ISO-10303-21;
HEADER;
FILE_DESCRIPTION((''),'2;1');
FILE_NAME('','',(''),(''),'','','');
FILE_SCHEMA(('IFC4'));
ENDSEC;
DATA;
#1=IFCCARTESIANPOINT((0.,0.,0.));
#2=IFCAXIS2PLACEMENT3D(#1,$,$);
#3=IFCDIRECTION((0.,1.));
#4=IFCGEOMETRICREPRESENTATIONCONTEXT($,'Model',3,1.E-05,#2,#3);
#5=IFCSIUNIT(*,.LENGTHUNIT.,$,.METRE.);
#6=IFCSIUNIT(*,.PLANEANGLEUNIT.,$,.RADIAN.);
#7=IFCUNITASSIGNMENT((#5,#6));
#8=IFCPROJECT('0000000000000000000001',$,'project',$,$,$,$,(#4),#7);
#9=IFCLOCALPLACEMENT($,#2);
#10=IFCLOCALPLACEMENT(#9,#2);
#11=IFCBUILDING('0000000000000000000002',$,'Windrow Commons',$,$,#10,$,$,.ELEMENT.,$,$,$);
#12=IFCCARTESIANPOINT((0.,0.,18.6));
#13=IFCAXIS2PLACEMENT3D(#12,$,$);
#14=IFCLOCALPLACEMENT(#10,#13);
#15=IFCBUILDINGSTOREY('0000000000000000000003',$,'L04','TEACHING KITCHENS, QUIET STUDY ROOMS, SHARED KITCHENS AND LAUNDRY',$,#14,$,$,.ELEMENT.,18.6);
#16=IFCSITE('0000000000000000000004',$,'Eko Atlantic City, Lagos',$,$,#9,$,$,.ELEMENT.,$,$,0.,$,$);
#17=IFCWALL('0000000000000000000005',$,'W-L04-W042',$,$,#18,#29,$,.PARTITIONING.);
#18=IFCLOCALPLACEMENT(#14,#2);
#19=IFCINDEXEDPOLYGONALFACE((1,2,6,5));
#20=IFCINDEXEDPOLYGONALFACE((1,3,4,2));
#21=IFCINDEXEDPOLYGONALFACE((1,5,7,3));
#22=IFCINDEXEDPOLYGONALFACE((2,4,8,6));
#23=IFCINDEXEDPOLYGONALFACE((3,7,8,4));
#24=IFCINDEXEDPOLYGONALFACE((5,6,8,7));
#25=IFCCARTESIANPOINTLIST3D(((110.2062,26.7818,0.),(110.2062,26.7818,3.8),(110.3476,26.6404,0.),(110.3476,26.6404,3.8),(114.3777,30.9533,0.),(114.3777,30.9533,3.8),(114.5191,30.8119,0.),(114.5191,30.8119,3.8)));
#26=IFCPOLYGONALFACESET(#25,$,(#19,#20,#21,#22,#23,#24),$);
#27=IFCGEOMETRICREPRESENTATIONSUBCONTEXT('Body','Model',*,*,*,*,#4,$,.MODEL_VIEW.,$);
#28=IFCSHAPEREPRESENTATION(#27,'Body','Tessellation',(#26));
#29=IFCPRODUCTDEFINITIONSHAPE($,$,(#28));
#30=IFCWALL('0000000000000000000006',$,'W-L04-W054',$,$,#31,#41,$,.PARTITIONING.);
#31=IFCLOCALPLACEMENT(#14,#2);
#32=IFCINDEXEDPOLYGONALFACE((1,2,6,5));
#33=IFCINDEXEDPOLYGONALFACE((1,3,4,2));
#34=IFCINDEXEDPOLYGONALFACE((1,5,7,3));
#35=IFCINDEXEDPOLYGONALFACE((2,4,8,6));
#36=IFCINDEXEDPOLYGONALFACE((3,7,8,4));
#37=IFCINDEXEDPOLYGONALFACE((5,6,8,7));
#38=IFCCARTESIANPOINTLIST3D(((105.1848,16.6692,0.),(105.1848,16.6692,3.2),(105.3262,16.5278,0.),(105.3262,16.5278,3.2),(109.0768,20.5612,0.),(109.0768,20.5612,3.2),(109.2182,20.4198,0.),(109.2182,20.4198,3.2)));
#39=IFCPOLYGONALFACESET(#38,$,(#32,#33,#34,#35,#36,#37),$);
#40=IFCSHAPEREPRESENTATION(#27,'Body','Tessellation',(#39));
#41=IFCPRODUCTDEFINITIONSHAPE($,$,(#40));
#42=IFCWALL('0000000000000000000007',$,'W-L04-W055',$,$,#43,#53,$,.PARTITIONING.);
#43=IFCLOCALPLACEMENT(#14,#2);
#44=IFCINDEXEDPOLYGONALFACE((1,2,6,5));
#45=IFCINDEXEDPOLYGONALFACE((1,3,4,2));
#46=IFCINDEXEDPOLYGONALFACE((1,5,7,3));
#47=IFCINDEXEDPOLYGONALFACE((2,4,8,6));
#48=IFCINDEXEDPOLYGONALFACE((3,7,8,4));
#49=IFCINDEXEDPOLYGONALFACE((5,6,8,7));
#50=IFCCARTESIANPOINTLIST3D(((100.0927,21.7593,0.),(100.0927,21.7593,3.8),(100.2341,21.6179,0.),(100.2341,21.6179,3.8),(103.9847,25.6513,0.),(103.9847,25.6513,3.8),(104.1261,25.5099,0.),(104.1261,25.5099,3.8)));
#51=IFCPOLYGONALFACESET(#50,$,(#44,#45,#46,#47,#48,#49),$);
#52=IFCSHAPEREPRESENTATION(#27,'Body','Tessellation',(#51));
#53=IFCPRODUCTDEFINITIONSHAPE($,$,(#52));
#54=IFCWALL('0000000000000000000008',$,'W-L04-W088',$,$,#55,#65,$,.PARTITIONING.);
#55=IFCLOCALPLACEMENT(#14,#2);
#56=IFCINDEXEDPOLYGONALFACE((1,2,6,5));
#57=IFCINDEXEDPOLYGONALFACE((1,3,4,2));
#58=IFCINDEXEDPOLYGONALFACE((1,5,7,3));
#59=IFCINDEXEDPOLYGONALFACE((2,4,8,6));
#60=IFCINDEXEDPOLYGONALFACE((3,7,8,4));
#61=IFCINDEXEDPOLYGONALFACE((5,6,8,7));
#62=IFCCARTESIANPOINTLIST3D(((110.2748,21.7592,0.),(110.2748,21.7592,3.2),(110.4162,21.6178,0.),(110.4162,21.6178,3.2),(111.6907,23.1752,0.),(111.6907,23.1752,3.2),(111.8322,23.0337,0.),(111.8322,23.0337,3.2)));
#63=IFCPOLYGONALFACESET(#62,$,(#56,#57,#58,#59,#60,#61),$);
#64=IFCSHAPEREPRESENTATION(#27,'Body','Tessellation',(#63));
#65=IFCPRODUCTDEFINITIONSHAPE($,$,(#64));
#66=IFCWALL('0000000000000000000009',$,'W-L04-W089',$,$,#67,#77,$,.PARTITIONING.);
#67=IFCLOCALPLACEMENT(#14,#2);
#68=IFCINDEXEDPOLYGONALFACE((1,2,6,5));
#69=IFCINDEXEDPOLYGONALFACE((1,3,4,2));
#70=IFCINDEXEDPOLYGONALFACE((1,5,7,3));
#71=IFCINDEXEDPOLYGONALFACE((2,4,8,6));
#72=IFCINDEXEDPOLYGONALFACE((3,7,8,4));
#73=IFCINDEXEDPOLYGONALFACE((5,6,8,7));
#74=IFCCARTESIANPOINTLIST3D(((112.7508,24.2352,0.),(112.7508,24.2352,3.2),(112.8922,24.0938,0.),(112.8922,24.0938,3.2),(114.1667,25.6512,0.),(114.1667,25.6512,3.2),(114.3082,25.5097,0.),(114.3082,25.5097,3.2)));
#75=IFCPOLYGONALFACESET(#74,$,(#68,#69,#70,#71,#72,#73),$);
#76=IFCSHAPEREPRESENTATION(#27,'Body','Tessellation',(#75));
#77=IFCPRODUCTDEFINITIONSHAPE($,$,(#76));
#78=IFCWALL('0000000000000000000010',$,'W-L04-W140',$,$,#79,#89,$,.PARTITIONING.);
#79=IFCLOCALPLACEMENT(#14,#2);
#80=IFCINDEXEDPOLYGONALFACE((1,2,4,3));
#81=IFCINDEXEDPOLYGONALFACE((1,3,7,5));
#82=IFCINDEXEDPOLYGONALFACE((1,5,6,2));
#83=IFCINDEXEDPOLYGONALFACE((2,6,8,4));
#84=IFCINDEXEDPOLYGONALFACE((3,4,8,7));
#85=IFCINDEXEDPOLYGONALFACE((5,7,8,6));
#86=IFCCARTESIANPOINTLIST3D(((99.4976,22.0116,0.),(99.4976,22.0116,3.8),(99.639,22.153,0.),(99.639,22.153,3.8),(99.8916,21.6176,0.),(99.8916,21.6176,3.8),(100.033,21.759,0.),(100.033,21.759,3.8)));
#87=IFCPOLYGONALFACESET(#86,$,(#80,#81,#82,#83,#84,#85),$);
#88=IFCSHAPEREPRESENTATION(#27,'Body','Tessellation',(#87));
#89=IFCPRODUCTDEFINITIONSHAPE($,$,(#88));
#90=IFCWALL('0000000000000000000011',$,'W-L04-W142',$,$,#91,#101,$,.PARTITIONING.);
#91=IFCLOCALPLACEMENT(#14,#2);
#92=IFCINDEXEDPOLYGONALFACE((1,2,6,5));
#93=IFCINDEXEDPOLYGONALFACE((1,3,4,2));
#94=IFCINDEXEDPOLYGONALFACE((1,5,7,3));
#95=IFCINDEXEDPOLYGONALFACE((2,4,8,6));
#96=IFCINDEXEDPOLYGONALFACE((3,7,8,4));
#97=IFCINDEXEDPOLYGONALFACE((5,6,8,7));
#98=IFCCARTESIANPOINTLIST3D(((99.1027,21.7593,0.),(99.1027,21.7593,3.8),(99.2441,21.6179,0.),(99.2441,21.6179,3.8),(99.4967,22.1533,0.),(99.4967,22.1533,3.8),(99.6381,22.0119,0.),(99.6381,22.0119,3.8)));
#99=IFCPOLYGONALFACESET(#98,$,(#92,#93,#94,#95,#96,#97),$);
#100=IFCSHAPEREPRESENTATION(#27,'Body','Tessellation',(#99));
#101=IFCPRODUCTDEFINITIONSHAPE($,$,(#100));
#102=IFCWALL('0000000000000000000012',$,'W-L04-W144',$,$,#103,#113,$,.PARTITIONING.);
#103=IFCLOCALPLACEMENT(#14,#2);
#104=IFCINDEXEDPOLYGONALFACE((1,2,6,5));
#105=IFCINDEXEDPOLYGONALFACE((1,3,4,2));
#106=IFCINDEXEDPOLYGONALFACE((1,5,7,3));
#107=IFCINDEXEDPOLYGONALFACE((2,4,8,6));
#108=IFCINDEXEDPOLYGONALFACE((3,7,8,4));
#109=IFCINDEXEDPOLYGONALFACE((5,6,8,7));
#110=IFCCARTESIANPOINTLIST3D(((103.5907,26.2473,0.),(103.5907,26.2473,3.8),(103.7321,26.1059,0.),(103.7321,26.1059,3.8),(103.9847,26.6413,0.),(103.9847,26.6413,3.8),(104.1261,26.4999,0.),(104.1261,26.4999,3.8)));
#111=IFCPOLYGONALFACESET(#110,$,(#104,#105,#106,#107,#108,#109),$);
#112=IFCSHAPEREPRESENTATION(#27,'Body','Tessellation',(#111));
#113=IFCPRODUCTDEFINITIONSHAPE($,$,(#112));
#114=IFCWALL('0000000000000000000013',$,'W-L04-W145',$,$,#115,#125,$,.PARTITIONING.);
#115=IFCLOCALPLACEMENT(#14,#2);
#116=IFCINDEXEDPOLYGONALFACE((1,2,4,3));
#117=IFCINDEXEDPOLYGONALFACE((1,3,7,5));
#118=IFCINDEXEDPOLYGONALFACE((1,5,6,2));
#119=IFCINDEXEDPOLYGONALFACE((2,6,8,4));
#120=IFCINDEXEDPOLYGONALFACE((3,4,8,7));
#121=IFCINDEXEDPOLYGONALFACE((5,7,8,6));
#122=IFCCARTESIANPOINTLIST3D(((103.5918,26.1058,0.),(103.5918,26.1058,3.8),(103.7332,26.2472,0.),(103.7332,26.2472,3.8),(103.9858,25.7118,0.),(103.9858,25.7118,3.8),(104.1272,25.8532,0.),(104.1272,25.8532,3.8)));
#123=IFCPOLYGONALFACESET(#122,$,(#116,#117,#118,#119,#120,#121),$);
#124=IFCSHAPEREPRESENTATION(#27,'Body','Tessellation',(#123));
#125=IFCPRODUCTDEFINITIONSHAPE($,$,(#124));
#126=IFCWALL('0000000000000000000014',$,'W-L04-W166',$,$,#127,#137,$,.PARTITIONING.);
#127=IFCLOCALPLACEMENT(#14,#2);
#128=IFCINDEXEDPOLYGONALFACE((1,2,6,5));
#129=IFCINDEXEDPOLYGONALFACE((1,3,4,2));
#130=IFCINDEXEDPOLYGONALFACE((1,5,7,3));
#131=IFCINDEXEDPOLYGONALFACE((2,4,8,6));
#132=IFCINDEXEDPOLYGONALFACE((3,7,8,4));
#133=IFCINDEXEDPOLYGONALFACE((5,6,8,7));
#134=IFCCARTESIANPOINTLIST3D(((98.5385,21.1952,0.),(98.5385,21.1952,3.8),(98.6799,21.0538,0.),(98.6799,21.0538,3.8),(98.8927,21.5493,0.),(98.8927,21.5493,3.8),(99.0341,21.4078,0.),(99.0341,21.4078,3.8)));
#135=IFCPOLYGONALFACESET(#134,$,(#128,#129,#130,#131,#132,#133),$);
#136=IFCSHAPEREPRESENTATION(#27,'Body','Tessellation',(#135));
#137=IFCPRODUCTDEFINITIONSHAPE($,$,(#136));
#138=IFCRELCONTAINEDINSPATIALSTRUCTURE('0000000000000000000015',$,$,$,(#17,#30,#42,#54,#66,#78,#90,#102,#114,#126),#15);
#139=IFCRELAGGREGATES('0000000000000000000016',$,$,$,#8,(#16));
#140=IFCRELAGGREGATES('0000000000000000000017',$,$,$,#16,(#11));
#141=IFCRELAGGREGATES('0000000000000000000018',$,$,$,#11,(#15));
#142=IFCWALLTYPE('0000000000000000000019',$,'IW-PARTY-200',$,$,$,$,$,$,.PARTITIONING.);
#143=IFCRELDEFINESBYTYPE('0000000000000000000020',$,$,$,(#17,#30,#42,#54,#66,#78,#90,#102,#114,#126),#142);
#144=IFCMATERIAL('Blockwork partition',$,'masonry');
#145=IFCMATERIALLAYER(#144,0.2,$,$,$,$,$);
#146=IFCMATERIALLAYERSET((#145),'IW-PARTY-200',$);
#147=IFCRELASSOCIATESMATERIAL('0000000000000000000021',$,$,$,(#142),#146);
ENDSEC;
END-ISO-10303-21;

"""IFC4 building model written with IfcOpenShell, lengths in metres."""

from ifc_helpers import new_model, si_unit, direction, frame, frame_2d, origin, place, context, subcontext, project, spatial, rectangle, extrude, material, layer, layer_set, type_object, element, save


model = new_model("IFC4")

# Units and contexts
model_context = context("Model", 3, precision=1e-05, world=origin(), true_north=direction((0.0, 1.0)))
body_context = subcontext(model_context, "Body", "Model", "MODEL_VIEW")
ifc_project = project(units=[si_unit("LENGTHUNIT", "METRE"), si_unit("PLANEANGLEUNIT", "RADIAN")], contexts=[model_context])

# Site, building, storey
site_placement = place(None, origin())
site = spatial("IfcSite", under=ifc_project, at=site_placement, Name="Eko Atlantic City, Lagos", CompositionType="ELEMENT", RefElevation=0.0)
building_placement = place(site_placement, origin())
building = spatial("IfcBuilding", under=site, at=building_placement, Name="Windrow Commons", CompositionType="ELEMENT")
storey_placement = place(building_placement, frame((0.0, 0.0, 18.6)))
storey = spatial("IfcBuildingStorey", under=building, at=storey_placement, Name="L04", Description="TEACHING KITCHENS, QUIET STUDY ROOMS, SHARED KITCHENS AND LAUNDRY", CompositionType="ELEMENT", Elevation=18.6)

# Walls
ifc_material_1 = material(Name="Blockwork partition", Category="masonry")
ifc_layer_1 = layer(ifc_material_1, 0.2)
ifc_layer_set_1 = layer_set([ifc_layer_1], Name="IW-PARTY-200")
wall_type_1 = type_object("IfcWallType", Name="IW-PARTY-200", PredefinedType="PARTITIONING", material=ifc_layer_set_1)
wall_1_placement = place(storey_placement, frame((110.2769, 26.7111, 0.0), z_axis=(0.0, 0.0, 1.0), x_axis=(0.707107, 0.707107, 0.0)))
element("IfcWall", 1, at=wall_1_placement, inside=storey, type_object=wall_type_1, Name="W-L04-W042", PredefinedType="PARTITIONING", context=body_context, shape_type="SweptSolid", body=[
    extrude(rectangle(XDim=5.8994, YDim=0.2, at=frame_2d((2.9497, 0.0))), origin(), (0.0, 0.0, 1.0), 3.8),
])
wall_2_placement = place(storey_placement, frame((105.2555, 16.5985, 0.0), z_axis=(0.0, 0.0, 1.0), x_axis=(0.707107, 0.707107, 0.0)))
element("IfcWall", 2, at=wall_2_placement, inside=storey, type_object=wall_type_1, Name="W-L04-W054", PredefinedType="PARTITIONING", context=body_context, shape_type="SweptSolid", body=[
    extrude(rectangle(XDim=5.5041, YDim=0.2, at=frame_2d((2.7521, 0.0))), origin(), (0.0, 0.0, 1.0), 3.2),
])
wall_3_placement = place(storey_placement, frame((100.1634, 21.6886, 0.0), z_axis=(0.0, 0.0, 1.0), x_axis=(0.707107, 0.707107, 0.0)))
element("IfcWall", 3, at=wall_3_placement, inside=storey, type_object=wall_type_1, Name="W-L04-W055", PredefinedType="PARTITIONING", context=body_context, shape_type="SweptSolid", body=[
    extrude(rectangle(XDim=5.5041, YDim=0.2, at=frame_2d((2.7521, 0.0))), origin(), (0.0, 0.0, 1.0), 3.8),
])
for number, where, z_axis, x_axis, name in (
    (4, (110.3455, 21.6885, 0.0), (0.0, 0.0, 1.0), (0.707107, 0.707107, 0.0), "W-L04-W088"),
    (5, (112.8215, 24.1645, 0.0), (0.0, 0.0, 1.0), (0.707107, 0.707107, 0.0), "W-L04-W089"),
):
    element("IfcWall", number, at=place(storey_placement, frame(where, z_axis=z_axis, x_axis=x_axis)), inside=storey, type_object=wall_type_1, Name=name, PredefinedType="PARTITIONING", context=body_context, shape_type="SweptSolid", body=[
        extrude(rectangle(XDim=2.0025, YDim=0.2, at=frame_2d((1.0012, 0.0))), origin(), (0.0, 0.0, 1.0), 3.2),
    ])
for number, where, z_axis, x_axis, name in (
    (6, (99.5683, 22.0823, 0.0), (0.0, 0.0, 1.0), (0.707107, -0.707107, 0.0), "W-L04-W140"),
    (7, (99.1734, 21.6886, 0.0), (0.0, 0.0, 1.0), (0.707107, 0.707107, 0.0), "W-L04-W142"),
    (8, (103.6614, 26.1766, 0.0), (0.0, 0.0, 1.0), (0.707107, 0.707107, 0.0), "W-L04-W144"),
    (9, (103.6625, 26.1765, 0.0), (0.0, 0.0, 1.0), (0.707107, -0.707107, 0.0), "W-L04-W145"),
):
    element("IfcWall", number, at=place(storey_placement, frame(where, z_axis=z_axis, x_axis=x_axis)), inside=storey, type_object=wall_type_1, Name=name, PredefinedType="PARTITIONING", context=body_context, shape_type="SweptSolid", body=[
        extrude(rectangle(XDim=0.5572, YDim=0.2, at=frame_2d((0.2786, 0.0))), origin(), (0.0, 0.0, 1.0), 3.8),
    ])
wall_4_placement = place(storey_placement, frame((98.6092, 21.1245, 0.0), z_axis=(0.0, 0.0, 1.0), x_axis=(0.707207, 0.707007, 0.0)))
element("IfcWall", 10, at=wall_4_placement, inside=storey, type_object=wall_type_1, Name="W-L04-W166", PredefinedType="PARTITIONING", context=body_context, shape_type="SweptSolid", body=[
    extrude(rectangle(XDim=0.5008, YDim=0.2, at=frame_2d((0.2504, 0.0))), origin(), (0.0, 0.0, 1.0), 3.8),
])

save(model, "model.ifc")
